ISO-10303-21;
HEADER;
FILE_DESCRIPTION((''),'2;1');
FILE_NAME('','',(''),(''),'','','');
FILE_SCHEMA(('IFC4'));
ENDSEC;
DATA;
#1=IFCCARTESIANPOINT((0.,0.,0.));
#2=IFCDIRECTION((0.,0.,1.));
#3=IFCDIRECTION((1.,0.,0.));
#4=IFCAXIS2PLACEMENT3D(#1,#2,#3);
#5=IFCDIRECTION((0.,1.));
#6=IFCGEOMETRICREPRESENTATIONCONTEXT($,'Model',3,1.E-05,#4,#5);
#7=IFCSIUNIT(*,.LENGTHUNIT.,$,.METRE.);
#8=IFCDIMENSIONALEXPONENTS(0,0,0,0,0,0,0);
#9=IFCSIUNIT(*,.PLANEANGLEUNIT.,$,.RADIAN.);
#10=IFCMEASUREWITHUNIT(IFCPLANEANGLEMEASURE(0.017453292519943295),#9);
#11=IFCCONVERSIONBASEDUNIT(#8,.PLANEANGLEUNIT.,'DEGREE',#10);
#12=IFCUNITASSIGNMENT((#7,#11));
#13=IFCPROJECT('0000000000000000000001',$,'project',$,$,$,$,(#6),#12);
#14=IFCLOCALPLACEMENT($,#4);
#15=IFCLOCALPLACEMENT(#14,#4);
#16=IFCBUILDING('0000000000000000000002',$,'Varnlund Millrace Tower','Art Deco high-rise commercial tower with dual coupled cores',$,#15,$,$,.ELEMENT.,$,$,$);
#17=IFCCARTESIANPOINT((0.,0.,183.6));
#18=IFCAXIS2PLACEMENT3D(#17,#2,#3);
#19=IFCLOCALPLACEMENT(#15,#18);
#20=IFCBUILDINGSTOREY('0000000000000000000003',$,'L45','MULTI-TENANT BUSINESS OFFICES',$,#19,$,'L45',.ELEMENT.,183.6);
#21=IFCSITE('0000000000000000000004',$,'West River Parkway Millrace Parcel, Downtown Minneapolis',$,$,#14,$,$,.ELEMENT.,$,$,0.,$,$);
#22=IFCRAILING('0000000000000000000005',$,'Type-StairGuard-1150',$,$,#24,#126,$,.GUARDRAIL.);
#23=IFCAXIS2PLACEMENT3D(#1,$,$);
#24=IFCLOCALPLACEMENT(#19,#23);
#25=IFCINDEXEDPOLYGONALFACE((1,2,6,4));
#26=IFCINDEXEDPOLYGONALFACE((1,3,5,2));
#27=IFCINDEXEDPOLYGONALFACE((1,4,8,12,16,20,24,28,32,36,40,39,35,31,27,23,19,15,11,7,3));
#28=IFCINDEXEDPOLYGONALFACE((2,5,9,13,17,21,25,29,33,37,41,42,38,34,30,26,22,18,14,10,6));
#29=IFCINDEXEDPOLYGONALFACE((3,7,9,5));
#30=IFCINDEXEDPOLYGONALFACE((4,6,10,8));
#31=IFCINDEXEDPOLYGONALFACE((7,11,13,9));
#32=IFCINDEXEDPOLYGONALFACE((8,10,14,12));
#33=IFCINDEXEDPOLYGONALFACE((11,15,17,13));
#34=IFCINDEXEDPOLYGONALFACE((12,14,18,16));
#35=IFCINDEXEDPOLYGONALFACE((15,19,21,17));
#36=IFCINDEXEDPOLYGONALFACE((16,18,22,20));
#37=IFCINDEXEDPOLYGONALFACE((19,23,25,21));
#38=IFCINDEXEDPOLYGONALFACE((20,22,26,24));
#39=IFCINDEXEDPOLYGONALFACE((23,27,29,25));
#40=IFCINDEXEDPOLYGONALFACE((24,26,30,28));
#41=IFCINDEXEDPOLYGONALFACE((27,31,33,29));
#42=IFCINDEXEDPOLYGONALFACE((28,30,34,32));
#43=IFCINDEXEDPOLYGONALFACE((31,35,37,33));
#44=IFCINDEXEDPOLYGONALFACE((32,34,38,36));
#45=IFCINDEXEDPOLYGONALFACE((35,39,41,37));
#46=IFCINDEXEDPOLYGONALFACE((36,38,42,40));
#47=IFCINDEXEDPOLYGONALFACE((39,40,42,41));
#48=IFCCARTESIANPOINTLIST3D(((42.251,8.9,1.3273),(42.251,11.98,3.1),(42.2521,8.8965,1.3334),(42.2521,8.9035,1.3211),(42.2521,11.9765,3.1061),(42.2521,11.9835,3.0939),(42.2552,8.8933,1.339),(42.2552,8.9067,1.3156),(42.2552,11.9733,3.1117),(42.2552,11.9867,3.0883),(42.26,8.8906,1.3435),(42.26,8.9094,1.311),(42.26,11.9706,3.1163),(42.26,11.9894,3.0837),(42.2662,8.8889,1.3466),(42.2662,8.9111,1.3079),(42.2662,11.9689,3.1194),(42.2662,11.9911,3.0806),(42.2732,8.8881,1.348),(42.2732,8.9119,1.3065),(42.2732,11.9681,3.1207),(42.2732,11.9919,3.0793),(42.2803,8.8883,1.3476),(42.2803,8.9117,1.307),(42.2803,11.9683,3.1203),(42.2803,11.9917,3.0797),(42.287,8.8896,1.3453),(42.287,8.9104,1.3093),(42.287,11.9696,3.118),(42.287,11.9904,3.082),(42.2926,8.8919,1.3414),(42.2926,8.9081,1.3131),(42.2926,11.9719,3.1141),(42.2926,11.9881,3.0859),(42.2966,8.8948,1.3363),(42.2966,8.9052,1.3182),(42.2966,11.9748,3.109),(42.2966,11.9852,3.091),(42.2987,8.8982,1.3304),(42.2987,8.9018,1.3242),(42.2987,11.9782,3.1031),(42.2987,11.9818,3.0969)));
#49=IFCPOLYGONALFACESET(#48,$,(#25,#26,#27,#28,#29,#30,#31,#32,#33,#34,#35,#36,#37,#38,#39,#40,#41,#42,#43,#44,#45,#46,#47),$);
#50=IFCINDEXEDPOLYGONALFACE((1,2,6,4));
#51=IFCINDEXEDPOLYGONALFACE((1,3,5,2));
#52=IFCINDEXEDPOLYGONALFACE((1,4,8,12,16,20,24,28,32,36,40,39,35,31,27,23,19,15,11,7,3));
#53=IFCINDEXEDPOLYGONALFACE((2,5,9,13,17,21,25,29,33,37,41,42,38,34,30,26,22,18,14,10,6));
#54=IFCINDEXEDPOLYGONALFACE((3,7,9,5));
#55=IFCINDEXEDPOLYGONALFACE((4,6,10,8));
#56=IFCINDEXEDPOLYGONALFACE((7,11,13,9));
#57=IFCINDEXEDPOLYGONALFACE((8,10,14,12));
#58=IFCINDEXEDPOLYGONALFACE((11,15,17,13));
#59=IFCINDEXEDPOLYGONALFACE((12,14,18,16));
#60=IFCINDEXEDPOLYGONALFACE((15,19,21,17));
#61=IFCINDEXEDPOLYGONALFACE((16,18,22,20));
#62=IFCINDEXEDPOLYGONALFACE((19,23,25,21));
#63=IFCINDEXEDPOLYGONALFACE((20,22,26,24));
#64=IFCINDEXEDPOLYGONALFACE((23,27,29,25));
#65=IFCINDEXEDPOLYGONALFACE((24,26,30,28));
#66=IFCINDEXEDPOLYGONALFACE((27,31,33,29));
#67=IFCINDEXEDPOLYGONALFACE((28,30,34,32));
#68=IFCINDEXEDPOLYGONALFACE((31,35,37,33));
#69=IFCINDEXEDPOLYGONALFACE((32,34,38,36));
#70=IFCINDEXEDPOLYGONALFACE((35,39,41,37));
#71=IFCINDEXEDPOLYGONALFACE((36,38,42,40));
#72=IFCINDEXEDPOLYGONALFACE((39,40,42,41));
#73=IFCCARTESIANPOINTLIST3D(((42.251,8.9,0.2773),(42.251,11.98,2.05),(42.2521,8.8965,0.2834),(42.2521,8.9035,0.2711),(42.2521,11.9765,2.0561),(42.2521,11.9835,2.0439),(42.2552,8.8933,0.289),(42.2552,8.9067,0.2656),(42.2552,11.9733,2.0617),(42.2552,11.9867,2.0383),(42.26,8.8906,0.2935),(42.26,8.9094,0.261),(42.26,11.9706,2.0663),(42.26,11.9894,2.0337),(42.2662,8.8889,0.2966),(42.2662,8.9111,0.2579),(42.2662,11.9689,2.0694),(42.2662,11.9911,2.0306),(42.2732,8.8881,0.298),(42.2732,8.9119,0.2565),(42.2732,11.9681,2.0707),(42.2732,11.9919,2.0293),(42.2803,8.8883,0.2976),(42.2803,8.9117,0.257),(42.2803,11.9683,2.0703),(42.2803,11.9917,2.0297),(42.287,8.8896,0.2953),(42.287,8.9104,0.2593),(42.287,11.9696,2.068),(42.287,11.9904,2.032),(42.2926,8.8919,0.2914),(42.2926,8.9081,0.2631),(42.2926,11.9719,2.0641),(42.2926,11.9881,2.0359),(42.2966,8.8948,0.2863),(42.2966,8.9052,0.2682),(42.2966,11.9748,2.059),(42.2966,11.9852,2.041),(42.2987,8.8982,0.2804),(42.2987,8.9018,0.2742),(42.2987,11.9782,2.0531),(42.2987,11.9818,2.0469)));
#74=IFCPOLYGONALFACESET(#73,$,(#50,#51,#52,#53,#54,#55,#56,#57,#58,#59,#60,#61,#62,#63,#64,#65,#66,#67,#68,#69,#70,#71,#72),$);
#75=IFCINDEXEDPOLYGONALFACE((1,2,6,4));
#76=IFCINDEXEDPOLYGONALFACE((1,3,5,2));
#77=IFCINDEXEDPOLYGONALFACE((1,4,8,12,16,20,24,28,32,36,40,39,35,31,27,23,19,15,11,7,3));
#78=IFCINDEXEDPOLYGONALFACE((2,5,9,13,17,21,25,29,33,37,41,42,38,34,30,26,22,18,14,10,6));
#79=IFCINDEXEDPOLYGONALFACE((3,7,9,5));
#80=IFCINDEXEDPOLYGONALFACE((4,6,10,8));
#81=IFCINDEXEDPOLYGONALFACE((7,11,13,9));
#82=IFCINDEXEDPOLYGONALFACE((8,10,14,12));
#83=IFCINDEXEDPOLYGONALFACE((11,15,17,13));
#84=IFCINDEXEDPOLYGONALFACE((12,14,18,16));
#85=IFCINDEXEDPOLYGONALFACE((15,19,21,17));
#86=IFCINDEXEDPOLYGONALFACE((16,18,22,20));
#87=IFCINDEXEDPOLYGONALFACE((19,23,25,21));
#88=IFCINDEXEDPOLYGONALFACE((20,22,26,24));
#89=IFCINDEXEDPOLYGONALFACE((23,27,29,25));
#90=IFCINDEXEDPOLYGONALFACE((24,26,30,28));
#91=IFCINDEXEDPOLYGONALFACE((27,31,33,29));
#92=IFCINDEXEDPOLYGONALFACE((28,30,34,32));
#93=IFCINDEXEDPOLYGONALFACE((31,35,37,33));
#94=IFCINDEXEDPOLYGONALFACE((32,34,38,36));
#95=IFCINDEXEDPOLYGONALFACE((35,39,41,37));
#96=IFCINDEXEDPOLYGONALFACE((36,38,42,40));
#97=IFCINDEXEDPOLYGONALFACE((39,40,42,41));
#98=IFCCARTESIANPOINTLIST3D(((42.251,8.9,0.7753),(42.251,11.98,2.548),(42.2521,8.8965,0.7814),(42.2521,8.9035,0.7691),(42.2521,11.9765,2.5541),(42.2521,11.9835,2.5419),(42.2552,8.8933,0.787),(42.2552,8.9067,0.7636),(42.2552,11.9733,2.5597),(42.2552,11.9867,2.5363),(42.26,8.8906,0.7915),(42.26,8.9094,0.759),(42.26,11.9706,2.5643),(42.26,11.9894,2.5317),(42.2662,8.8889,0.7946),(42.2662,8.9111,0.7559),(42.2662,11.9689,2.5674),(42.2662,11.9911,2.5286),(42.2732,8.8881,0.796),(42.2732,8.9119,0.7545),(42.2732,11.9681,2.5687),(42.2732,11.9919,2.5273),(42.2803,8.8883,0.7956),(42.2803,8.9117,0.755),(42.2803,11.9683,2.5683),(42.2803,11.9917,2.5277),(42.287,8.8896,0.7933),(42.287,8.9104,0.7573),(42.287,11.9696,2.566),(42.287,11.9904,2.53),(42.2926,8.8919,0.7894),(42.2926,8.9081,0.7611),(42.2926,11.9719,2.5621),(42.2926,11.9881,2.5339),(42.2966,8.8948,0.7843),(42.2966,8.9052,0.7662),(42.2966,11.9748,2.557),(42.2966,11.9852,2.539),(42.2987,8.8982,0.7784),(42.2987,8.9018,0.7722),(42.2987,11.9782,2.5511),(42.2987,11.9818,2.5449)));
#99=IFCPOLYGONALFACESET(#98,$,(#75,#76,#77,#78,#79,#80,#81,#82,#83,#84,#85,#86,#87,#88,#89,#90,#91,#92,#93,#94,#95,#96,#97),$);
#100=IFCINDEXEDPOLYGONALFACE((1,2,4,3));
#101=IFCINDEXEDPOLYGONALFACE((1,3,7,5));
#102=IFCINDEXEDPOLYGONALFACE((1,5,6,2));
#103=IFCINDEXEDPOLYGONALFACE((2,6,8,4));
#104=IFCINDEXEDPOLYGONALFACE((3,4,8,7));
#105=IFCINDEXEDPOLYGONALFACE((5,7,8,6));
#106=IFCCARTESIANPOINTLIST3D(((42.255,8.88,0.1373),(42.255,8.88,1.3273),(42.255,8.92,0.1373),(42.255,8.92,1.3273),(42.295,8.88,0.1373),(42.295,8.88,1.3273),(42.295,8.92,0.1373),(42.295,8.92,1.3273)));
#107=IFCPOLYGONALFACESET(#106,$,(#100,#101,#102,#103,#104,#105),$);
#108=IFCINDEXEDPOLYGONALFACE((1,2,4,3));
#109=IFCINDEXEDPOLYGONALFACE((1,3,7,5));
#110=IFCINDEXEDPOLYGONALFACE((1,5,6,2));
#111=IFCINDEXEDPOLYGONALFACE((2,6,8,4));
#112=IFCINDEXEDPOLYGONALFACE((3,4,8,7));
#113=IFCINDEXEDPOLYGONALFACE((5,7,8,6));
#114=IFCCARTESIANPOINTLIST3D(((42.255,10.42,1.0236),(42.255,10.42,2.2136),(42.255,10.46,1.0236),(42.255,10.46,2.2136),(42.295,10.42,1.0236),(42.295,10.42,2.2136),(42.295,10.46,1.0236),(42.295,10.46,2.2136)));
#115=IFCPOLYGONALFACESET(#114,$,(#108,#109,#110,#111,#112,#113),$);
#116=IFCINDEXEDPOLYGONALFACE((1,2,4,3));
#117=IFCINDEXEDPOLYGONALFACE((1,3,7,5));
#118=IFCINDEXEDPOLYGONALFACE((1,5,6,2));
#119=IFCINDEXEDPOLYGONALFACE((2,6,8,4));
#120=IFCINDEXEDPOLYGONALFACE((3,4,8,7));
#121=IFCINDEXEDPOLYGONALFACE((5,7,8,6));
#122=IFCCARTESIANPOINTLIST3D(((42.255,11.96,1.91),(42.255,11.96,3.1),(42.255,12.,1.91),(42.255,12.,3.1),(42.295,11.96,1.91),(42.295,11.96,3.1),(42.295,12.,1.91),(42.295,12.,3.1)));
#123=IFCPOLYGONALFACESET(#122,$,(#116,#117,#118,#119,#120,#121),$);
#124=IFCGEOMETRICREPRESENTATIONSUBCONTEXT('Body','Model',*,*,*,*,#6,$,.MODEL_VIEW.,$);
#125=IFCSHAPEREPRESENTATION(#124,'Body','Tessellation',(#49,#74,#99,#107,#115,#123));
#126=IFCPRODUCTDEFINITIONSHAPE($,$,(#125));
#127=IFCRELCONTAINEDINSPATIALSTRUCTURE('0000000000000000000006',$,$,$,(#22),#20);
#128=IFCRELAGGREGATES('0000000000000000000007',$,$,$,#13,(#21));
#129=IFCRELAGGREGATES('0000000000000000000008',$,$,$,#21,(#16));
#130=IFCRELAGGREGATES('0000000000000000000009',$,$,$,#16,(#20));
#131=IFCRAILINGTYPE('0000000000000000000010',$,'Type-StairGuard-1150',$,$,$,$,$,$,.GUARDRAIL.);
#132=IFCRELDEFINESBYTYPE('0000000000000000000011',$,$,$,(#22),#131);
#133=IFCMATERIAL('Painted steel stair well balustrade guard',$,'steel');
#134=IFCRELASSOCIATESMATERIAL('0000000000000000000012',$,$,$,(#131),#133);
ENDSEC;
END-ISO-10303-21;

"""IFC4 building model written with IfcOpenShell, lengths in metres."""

from ifc_helpers import new_model, entity, si_unit, converted_unit, direction, frame, origin_with_axes, origin_2d_with_axis, place, context, subcontext, project, spatial, rectangle, circle, extrude, material, type_object, element, save


model = new_model("IFC4")

# Units and contexts
model_context = context("Model", 3, precision=1e-05, world=origin_with_axes(), true_north=direction((0.0, 1.0)))
body_context = subcontext(model_context, "Body", "Model", "MODEL_VIEW")
ifc_project = project(units=[si_unit("LENGTHUNIT", "METRE"), converted_unit("PLANEANGLEUNIT", "DEGREE", entity("IfcPlaneAngleMeasure", 0.017453292519943295), si_unit("PLANEANGLEUNIT", "RADIAN"), dimensions=[0, 0, 0, 0, 0, 0, 0])], contexts=[model_context])

# Site, building, storey
site_placement = place(None, origin_with_axes())
site = spatial("IfcSite", under=ifc_project, at=site_placement, Name="West River Parkway Millrace Parcel, Downtown Minneapolis", CompositionType="ELEMENT", RefElevation=0.0)
building_placement = place(site_placement, origin_with_axes())
building = spatial("IfcBuilding", under=site, at=building_placement, Name="Varnlund Millrace Tower", Description="Art Deco high-rise commercial tower with dual coupled cores", CompositionType="ELEMENT")
storey_placement = place(building_placement, frame((0.0, 0.0, 183.6), z_axis=(0.0, 0.0, 1.0), x_axis=(1.0, 0.0, 0.0)))
storey = spatial("IfcBuildingStorey", under=building, at=storey_placement, Name="L45", Description="MULTI-TENANT BUSINESS OFFICES", LongName="L45", CompositionType="ELEMENT", Elevation=183.6)

# Railing
ifc_material_1 = material(Name="Painted steel stair well balustrade guard", Category="steel")
railing_type_1 = type_object("IfcRailingType", Name="Type-StairGuard-1150", PredefinedType="GUARDRAIL", material=ifc_material_1)
railing_1_placement = place(storey_placement, frame((0.0, 0.0, -183.6), z_axis=(0.0, 0.0, 1.0), x_axis=(1.0, 0.0, 0.0)))
element("IfcRailing", 1, at=railing_1_placement, inside=storey, type_object=railing_type_1, Name="Type-StairGuard-1150", PredefinedType="GUARDRAIL", context=body_context, shape_type="SweptSolid", body=[
    extrude(circle(Radius=0.024, at=origin_2d_with_axis()), frame((42.275, 8.9, 184.9273), z_axis=(0.0, 0.866696, 0.498836), x_axis=(-1.0, 0.0, 0.0)), (0.0, 0.0, 1.0), 3.5537),
    extrude(circle(Radius=0.024, at=origin_2d_with_axis()), frame((42.275, 8.9, 183.8773), z_axis=(0.0, 0.866696, 0.498836), x_axis=(-1.0, 0.0, 0.0)), (0.0, 0.0, 1.0), 3.5537),
    extrude(circle(Radius=0.024, at=origin_2d_with_axis()), frame((42.275, 8.9, 184.3753), z_axis=(0.0, 0.866696, 0.498836), x_axis=(-1.0, 0.0, 0.0)), (0.0, 0.0, 1.0), 3.5537),
    extrude(rectangle(XDim=0.04, YDim=0.04, at=origin_2d_with_axis()), frame((42.275, 8.9, 183.7373), z_axis=(0.0, 0.0, 1.0), x_axis=(1.0, 0.0, 0.0)), (0.0, 0.0, 1.0), 1.19),
    extrude(rectangle(XDim=0.04, YDim=0.04, at=origin_2d_with_axis()), frame((42.275, 10.44, 184.6236), z_axis=(0.0, 0.0, 1.0), x_axis=(1.0, 0.0, 0.0)), (0.0, 0.0, 1.0), 1.19),
    extrude(rectangle(XDim=0.04, YDim=0.04, at=origin_2d_with_axis()), frame((42.275, 11.98, 185.51), z_axis=(0.0, 0.0, 1.0), x_axis=(1.0, 0.0, 0.0)), (0.0, 0.0, 1.0), 1.19),
])

save(model, "model.ifc")
